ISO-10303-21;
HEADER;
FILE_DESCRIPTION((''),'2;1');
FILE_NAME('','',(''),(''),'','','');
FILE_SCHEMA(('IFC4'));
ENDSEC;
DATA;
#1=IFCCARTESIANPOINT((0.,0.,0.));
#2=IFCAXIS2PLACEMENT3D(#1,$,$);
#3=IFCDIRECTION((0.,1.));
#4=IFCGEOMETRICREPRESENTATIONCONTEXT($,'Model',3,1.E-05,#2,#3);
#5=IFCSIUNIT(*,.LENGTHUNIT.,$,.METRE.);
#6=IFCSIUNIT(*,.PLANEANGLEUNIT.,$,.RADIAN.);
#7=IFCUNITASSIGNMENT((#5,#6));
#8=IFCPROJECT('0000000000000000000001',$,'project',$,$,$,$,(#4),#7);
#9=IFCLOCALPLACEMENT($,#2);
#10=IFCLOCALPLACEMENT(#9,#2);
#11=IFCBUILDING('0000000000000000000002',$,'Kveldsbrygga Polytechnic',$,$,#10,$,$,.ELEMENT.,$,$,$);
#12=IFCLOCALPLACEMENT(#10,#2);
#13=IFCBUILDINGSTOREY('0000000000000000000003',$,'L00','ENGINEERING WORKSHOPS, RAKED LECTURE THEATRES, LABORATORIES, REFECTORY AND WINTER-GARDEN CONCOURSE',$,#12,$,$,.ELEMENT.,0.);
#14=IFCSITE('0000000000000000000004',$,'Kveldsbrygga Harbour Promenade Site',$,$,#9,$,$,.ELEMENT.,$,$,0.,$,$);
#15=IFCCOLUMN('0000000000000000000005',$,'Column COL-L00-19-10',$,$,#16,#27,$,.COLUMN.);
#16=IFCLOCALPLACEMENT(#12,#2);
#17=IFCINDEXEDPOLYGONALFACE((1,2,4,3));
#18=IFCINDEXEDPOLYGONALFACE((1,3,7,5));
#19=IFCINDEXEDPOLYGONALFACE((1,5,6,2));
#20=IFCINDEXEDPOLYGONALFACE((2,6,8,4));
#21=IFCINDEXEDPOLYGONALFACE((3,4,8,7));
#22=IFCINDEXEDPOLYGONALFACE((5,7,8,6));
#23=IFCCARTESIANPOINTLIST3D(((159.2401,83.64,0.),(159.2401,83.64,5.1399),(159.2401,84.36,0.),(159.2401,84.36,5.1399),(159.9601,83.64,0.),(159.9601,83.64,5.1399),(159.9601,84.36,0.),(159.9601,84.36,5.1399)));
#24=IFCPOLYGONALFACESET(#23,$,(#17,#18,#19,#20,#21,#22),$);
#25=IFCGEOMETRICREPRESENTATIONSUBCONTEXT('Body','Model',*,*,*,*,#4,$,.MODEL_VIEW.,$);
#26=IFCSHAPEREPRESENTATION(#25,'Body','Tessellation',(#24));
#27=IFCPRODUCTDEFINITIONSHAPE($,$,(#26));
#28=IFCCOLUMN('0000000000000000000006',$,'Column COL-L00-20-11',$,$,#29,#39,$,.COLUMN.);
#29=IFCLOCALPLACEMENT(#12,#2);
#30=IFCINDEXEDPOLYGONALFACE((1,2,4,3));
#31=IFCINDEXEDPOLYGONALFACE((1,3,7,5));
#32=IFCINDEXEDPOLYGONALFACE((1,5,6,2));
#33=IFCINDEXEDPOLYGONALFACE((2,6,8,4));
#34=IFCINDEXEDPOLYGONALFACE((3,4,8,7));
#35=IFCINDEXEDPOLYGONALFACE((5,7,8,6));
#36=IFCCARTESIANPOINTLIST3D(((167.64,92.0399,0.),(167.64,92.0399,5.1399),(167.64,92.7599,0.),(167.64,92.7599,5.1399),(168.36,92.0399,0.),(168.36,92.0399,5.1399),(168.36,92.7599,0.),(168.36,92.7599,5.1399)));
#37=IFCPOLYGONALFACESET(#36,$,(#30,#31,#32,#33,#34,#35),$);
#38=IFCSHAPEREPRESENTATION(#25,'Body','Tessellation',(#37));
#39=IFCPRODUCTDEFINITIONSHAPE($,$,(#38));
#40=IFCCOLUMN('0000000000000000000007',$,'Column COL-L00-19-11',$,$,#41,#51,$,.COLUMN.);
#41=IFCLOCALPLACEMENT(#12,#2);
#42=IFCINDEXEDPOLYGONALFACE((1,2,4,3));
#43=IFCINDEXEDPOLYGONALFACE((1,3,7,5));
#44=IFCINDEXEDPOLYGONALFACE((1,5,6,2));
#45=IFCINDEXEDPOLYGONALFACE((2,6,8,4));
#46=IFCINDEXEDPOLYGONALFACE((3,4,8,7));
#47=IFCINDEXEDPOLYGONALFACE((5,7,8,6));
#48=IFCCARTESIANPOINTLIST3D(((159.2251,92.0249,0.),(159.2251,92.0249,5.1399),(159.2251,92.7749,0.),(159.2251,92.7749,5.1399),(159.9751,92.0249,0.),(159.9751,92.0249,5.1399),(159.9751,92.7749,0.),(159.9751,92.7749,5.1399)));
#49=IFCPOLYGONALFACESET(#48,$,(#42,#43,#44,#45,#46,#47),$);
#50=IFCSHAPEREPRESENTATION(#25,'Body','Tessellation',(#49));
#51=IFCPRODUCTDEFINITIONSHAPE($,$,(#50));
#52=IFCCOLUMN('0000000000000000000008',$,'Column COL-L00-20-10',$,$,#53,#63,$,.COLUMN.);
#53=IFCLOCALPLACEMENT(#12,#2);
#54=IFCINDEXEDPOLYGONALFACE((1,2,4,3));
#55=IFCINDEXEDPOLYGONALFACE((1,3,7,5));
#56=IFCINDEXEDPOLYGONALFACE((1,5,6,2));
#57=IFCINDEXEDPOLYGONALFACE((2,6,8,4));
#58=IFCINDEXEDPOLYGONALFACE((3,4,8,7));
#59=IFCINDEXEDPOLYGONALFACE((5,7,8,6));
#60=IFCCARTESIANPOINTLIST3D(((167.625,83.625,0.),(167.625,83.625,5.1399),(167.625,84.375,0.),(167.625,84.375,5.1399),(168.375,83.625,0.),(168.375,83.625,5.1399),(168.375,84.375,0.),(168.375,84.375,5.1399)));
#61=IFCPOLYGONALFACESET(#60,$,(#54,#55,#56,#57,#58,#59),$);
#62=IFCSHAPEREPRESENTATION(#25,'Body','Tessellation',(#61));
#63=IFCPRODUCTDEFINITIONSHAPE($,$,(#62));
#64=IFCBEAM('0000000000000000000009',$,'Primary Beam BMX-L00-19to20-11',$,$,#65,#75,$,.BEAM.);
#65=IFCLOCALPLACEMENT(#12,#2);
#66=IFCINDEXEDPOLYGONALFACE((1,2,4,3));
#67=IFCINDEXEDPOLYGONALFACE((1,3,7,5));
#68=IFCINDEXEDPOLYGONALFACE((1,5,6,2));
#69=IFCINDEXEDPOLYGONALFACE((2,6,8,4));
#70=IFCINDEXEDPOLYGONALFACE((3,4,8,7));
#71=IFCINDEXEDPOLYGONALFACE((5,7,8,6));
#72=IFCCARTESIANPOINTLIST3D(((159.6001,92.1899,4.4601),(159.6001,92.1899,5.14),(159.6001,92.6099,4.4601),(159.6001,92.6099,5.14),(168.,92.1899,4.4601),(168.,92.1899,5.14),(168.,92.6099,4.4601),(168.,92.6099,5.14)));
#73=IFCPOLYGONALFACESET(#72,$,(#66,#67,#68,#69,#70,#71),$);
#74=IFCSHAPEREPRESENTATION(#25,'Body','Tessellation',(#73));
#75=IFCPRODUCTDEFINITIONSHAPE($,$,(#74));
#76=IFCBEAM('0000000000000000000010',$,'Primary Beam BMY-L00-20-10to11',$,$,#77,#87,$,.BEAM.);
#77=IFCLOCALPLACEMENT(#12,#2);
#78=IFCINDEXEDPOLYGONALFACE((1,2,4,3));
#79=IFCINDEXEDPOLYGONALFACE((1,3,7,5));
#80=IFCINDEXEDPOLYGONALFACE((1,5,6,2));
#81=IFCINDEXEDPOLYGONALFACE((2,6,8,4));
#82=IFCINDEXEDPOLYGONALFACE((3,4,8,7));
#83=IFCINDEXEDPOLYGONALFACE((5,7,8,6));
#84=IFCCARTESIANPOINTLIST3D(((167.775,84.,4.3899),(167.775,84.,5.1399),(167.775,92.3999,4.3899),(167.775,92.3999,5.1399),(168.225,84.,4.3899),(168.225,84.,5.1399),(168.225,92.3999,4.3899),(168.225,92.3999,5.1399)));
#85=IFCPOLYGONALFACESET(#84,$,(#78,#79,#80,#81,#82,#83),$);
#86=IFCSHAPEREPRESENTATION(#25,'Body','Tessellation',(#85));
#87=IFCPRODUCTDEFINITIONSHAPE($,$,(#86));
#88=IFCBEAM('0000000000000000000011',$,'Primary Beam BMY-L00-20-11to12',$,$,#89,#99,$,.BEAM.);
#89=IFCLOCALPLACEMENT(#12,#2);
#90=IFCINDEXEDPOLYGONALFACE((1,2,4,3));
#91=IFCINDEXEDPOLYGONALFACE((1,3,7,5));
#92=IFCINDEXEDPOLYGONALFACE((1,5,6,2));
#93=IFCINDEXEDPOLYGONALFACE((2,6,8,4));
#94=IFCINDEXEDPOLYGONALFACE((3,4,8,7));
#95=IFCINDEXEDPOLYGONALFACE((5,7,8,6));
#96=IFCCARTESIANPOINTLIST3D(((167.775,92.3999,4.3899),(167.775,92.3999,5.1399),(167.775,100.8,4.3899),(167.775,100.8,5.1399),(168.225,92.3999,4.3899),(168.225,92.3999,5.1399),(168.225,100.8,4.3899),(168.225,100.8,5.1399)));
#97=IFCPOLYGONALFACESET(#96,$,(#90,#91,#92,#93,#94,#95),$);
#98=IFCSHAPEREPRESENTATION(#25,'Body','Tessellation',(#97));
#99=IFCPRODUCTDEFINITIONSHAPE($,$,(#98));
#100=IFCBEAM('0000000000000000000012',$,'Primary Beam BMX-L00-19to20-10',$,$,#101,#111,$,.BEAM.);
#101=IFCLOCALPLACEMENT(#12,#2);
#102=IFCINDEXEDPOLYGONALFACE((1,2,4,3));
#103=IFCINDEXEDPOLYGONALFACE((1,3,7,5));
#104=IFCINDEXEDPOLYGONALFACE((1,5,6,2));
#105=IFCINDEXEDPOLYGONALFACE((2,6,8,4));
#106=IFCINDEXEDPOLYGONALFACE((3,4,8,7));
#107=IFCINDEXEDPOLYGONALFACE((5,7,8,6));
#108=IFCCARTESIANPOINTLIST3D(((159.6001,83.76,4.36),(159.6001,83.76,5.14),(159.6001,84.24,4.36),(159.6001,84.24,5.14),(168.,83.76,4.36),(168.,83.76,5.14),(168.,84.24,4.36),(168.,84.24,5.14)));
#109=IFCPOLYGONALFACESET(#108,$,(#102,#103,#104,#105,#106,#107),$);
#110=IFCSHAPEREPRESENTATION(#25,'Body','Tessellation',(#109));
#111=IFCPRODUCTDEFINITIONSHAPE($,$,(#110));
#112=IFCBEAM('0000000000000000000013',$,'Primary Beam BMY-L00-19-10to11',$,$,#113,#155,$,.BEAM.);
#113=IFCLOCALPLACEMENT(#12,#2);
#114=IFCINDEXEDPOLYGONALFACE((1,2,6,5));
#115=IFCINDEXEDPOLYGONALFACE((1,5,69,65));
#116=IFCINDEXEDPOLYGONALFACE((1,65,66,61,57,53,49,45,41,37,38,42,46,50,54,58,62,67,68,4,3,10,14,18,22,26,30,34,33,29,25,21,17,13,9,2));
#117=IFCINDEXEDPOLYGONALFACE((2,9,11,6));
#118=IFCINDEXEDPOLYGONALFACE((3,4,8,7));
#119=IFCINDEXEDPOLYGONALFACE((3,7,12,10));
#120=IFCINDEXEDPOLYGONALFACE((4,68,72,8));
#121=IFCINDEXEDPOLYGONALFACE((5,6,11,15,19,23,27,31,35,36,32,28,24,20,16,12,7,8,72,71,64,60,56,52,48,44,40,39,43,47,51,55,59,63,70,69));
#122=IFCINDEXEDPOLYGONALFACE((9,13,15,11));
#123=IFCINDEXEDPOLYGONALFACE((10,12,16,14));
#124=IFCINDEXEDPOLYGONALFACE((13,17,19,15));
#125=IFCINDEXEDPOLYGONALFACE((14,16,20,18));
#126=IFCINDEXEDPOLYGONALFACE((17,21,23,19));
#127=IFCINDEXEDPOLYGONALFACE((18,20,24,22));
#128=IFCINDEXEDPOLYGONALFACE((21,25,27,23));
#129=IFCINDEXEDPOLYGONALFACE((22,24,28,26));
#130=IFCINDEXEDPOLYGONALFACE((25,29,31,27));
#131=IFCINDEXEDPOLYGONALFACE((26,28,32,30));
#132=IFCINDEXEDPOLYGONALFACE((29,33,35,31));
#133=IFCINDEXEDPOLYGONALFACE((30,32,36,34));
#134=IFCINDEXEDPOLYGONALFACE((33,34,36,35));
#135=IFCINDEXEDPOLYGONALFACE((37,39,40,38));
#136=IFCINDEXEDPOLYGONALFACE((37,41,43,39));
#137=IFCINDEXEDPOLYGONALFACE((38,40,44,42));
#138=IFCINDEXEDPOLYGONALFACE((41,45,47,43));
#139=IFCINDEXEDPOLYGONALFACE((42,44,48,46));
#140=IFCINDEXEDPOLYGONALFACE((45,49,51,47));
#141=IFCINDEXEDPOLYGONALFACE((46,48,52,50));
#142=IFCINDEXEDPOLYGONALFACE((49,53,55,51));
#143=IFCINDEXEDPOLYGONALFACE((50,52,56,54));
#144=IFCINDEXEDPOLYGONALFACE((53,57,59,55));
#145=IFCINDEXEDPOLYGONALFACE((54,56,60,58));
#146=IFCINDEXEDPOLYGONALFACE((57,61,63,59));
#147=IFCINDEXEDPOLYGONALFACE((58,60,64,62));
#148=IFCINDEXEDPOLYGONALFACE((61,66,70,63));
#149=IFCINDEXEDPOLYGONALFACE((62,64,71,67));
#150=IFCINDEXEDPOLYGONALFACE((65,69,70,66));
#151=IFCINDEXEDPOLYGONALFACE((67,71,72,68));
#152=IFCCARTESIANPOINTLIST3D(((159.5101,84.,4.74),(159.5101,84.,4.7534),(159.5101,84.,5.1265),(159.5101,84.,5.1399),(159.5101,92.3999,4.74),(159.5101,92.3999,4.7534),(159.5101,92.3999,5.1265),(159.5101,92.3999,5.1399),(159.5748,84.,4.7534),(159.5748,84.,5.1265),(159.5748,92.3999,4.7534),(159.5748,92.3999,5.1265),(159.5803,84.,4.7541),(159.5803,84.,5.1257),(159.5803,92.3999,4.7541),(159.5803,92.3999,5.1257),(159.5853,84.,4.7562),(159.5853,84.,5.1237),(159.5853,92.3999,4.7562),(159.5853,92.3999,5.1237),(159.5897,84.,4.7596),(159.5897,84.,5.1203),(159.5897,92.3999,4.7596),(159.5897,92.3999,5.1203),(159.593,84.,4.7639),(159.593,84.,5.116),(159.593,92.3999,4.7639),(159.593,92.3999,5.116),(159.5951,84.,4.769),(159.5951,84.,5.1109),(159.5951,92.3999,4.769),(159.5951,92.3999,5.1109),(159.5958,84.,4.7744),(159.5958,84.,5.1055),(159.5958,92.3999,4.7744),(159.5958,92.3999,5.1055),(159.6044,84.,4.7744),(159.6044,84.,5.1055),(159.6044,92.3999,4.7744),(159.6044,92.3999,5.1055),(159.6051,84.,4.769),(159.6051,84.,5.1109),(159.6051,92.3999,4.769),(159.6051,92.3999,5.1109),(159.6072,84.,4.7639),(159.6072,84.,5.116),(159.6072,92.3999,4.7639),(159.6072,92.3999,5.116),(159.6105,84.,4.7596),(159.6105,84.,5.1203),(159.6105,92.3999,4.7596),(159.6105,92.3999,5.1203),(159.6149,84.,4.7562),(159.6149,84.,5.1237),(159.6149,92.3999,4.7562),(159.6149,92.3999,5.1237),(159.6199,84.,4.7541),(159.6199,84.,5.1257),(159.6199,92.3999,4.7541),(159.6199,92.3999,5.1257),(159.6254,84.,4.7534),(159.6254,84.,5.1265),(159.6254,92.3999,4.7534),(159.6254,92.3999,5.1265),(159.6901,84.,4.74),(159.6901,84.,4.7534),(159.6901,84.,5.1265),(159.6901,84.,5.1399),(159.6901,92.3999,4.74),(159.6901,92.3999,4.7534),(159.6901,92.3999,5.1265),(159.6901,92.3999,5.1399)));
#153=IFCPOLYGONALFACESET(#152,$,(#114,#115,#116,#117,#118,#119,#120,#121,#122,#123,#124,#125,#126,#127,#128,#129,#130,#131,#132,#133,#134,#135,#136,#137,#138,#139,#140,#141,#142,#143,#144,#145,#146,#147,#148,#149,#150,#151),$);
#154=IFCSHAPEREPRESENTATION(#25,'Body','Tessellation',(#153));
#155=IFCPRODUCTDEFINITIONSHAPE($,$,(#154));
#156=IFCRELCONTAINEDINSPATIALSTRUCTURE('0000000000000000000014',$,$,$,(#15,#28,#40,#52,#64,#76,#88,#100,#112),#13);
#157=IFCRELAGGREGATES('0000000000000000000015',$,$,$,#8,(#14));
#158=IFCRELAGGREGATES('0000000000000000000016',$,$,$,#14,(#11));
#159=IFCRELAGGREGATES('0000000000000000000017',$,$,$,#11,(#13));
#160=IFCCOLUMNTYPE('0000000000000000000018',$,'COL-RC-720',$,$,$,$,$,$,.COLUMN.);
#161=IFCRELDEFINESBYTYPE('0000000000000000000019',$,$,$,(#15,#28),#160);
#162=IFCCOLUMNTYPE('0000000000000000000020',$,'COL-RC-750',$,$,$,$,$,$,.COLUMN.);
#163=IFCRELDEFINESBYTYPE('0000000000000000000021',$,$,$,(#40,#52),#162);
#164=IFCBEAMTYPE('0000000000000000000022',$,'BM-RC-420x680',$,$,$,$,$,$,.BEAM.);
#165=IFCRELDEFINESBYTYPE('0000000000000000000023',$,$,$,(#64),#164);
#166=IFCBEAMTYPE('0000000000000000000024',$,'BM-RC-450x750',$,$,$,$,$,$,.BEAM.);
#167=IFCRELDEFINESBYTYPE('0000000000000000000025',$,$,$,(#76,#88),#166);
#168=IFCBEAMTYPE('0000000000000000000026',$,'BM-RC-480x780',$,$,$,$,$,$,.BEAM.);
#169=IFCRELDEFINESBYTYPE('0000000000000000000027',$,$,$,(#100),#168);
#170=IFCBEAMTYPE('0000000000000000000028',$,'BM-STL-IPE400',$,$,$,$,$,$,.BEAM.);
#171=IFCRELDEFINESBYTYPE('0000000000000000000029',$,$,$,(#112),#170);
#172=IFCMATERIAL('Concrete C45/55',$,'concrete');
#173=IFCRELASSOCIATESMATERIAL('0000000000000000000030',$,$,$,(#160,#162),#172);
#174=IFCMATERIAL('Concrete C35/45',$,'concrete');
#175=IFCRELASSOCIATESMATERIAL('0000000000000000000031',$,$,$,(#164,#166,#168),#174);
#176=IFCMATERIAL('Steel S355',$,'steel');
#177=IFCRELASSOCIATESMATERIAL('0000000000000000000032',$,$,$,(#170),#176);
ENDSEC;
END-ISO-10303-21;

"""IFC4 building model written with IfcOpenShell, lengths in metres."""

from ifc_helpers import new_model, si_unit, direction, frame, origin, origin_2d, place, context, subcontext, project, spatial, rectangle, i_section, extrude, material, material_profile, profile_set, type_object, element, save


model = new_model("IFC4")

# Units and contexts
model_context = context("Model", 3, precision=1e-05, world=origin(), true_north=direction((0.0, 1.0)))
body_context = subcontext(model_context, "Body", "Model", "MODEL_VIEW")
ifc_project = project(units=[si_unit("LENGTHUNIT", "METRE"), si_unit("PLANEANGLEUNIT", "RADIAN")], contexts=[model_context])

# Site, building, storey
site_placement = place(None, origin())
site = spatial("IfcSite", under=ifc_project, at=site_placement, Name="Kveldsbrygga Harbour Promenade Site", CompositionType="ELEMENT", RefElevation=0.0)
building_placement = place(site_placement, origin())
building = spatial("IfcBuilding", under=site, at=building_placement, Name="Kveldsbrygga Polytechnic", CompositionType="ELEMENT")
storey_placement = place(building_placement, origin())
storey = spatial("IfcBuildingStorey", under=building, at=storey_placement, Name="L00", Description="ENGINEERING WORKSHOPS, RAKED LECTURE THEATRES, LABORATORIES, REFECTORY AND WINTER-GARDEN CONCOURSE", CompositionType="ELEMENT", Elevation=0.0)

# Columns
ifc_material_1 = material(Name="Concrete C45/55", Category="concrete")
ifc_material_profile_1 = material_profile(ifc_material_1, rectangle(XDim=0.72, YDim=0.72, at=origin_2d()), Name="RC 720x720")
ifc_profile_set_1 = profile_set([ifc_material_profile_1], Name="Concrete C45/55")
column_type_1 = type_object("IfcColumnType", Name="COL-RC-720", PredefinedType="COLUMN", material=ifc_profile_set_1)
for number, where, z_axis, x_axis, name in (
    (1, (159.6001, 84.0, 0.0), (0.0, 0.0, 1.0), (1.0, 0.0, 0.0), "Column COL-L00-19-10"),
    (2, (168.0, 92.3999, 0.0), (0.0, 0.0, 1.0), (1.0, 0.0, 0.0), "Column COL-L00-20-11"),
):
    element("IfcColumn", number, at=place(storey_placement, frame(where, z_axis=z_axis, x_axis=x_axis)), inside=storey, type_object=column_type_1, Name=name, PredefinedType="COLUMN", context=body_context, shape_type="SweptSolid", body=[
        extrude(rectangle(XDim=0.72, YDim=0.72, at=origin_2d()), origin(), (0.0, 0.0, 1.0), 5.1399),
    ])
ifc_material_profile_2 = material_profile(ifc_material_1, rectangle(XDim=0.75, YDim=0.75, at=origin_2d()), Name="RC 750x750")
ifc_profile_set_2 = profile_set([ifc_material_profile_2], Name="Concrete C45/55")
column_type_2 = type_object("IfcColumnType", Name="COL-RC-750", PredefinedType="COLUMN", material=ifc_profile_set_2)
for number, where, z_axis, x_axis, name in (
    (3, (159.6001, 92.3999, 0.0), (0.0, 0.0, 1.0), (1.0, 0.0, 0.0), "Column COL-L00-19-11"),
    (4, (168.0, 84.0, 0.0), (0.0, 0.0, 1.0), (1.0, 0.0, 0.0), "Column COL-L00-20-10"),
):
    element("IfcColumn", number, at=place(storey_placement, frame(where, z_axis=z_axis, x_axis=x_axis)), inside=storey, type_object=column_type_2, Name=name, PredefinedType="COLUMN", context=body_context, shape_type="SweptSolid", body=[
        extrude(rectangle(XDim=0.75, YDim=0.75, at=origin_2d()), origin(), (0.0, 0.0, 1.0), 5.1399),
    ])

# Beams
ifc_material_2 = material(Name="Concrete C35/45", Category="concrete")
ifc_material_profile_3 = material_profile(ifc_material_2, rectangle(XDim=0.4199, YDim=0.6799, at=origin_2d()), Name="RC 420x680")
ifc_profile_set_3 = profile_set([ifc_material_profile_3], Name="Concrete C35/45")
beam_type_1 = type_object("IfcBeamType", Name="BM-RC-420x680", PredefinedType="BEAM", material=ifc_profile_set_3)
beam_1_placement = place(storey_placement, frame((159.6001, 92.3999, 4.8), z_axis=(1.0, 0.0, 0.0), x_axis=(0.0, 1.0, 0.0)))
element("IfcBeam", 5, at=beam_1_placement, inside=storey, type_object=beam_type_1, Name="Primary Beam BMX-L00-19to20-11", PredefinedType="BEAM", context=body_context, shape_type="SweptSolid", body=[
    extrude(rectangle(XDim=0.4199, YDim=0.6799, at=origin_2d()), origin(), (0.0, 0.0, 1.0), 8.3999),
])
ifc_material_profile_4 = material_profile(ifc_material_2, rectangle(XDim=0.45, YDim=0.75, at=origin_2d()), Name="RC 450x750")
ifc_profile_set_4 = profile_set([ifc_material_profile_4], Name="Concrete C35/45")
beam_type_2 = type_object("IfcBeamType", Name="BM-RC-450x750", PredefinedType="BEAM", material=ifc_profile_set_4)
beam_2_placement = place(storey_placement, frame((168.0, 84.0, 4.7649), z_axis=(0.0, 1.0, 0.0), x_axis=(-1.0, 0.0, 0.0)))
element("IfcBeam", 6, at=beam_2_placement, inside=storey, type_object=beam_type_2, Name="Primary Beam BMY-L00-20-10to11", PredefinedType="BEAM", context=body_context, shape_type="SweptSolid", body=[
    extrude(rectangle(XDim=0.45, YDim=0.75, at=origin_2d()), origin(), (0.0, 0.0, 1.0), 8.3999),
])
beam_3_placement = place(storey_placement, frame((168.0, 92.3999, 4.7649), z_axis=(0.0, 1.0, 0.0), x_axis=(-1.0, 0.0, 0.0)))
element("IfcBeam", 7, at=beam_3_placement, inside=storey, type_object=beam_type_2, Name="Primary Beam BMY-L00-20-11to12", PredefinedType="BEAM", context=body_context, shape_type="SweptSolid", body=[
    extrude(rectangle(XDim=0.45, YDim=0.75, at=origin_2d()), origin(), (0.0, 0.0, 1.0), 8.4001),
])
ifc_material_profile_5 = material_profile(ifc_material_2, rectangle(XDim=0.48, YDim=0.78, at=origin_2d()), Name="RC 480x780")
ifc_profile_set_5 = profile_set([ifc_material_profile_5], Name="Concrete C35/45")
beam_type_3 = type_object("IfcBeamType", Name="BM-RC-480x780", PredefinedType="BEAM", material=ifc_profile_set_5)
beam_4_placement = place(storey_placement, frame((159.6001, 84.0, 4.75), z_axis=(1.0, 0.0, 0.0), x_axis=(0.0, 1.0, 0.0)))
element("IfcBeam", 8, at=beam_4_placement, inside=storey, type_object=beam_type_3, Name="Primary Beam BMX-L00-19to20-10", PredefinedType="BEAM", context=body_context, shape_type="SweptSolid", body=[
    extrude(rectangle(XDim=0.48, YDim=0.78, at=origin_2d()), origin(), (0.0, 0.0, 1.0), 8.3999),
])
ifc_material_3 = material(Name="Steel S355", Category="steel")
ifc_material_profile_6 = material_profile(ifc_material_3, i_section(OverallWidth=0.1799, OverallDepth=0.3999, WebThickness=0.0085, FlangeThickness=0.0134, FilletRadius=0.021, at=origin_2d()), Name="IPE 400")
ifc_profile_set_6 = profile_set([ifc_material_profile_6], Name="Steel S355")
beam_type_4 = type_object("IfcBeamType", Name="BM-STL-IPE400", PredefinedType="BEAM", material=ifc_profile_set_6)
beam_5_placement = place(storey_placement, frame((159.6001, 84.0, 4.9399), z_axis=(0.0, 1.0, 0.0), x_axis=(-1.0, 0.0, 0.0)))
element("IfcBeam", 9, at=beam_5_placement, inside=storey, type_object=beam_type_4, Name="Primary Beam BMY-L00-19-10to11", PredefinedType="BEAM", context=body_context, shape_type="SweptSolid", body=[
    extrude(i_section(OverallWidth=0.1799, OverallDepth=0.3999, WebThickness=0.0085, FlangeThickness=0.0134, FilletRadius=0.021, at=origin_2d()), origin(), (0.0, 0.0, 1.0), 8.3999),
])

save(model, "model.ifc")
